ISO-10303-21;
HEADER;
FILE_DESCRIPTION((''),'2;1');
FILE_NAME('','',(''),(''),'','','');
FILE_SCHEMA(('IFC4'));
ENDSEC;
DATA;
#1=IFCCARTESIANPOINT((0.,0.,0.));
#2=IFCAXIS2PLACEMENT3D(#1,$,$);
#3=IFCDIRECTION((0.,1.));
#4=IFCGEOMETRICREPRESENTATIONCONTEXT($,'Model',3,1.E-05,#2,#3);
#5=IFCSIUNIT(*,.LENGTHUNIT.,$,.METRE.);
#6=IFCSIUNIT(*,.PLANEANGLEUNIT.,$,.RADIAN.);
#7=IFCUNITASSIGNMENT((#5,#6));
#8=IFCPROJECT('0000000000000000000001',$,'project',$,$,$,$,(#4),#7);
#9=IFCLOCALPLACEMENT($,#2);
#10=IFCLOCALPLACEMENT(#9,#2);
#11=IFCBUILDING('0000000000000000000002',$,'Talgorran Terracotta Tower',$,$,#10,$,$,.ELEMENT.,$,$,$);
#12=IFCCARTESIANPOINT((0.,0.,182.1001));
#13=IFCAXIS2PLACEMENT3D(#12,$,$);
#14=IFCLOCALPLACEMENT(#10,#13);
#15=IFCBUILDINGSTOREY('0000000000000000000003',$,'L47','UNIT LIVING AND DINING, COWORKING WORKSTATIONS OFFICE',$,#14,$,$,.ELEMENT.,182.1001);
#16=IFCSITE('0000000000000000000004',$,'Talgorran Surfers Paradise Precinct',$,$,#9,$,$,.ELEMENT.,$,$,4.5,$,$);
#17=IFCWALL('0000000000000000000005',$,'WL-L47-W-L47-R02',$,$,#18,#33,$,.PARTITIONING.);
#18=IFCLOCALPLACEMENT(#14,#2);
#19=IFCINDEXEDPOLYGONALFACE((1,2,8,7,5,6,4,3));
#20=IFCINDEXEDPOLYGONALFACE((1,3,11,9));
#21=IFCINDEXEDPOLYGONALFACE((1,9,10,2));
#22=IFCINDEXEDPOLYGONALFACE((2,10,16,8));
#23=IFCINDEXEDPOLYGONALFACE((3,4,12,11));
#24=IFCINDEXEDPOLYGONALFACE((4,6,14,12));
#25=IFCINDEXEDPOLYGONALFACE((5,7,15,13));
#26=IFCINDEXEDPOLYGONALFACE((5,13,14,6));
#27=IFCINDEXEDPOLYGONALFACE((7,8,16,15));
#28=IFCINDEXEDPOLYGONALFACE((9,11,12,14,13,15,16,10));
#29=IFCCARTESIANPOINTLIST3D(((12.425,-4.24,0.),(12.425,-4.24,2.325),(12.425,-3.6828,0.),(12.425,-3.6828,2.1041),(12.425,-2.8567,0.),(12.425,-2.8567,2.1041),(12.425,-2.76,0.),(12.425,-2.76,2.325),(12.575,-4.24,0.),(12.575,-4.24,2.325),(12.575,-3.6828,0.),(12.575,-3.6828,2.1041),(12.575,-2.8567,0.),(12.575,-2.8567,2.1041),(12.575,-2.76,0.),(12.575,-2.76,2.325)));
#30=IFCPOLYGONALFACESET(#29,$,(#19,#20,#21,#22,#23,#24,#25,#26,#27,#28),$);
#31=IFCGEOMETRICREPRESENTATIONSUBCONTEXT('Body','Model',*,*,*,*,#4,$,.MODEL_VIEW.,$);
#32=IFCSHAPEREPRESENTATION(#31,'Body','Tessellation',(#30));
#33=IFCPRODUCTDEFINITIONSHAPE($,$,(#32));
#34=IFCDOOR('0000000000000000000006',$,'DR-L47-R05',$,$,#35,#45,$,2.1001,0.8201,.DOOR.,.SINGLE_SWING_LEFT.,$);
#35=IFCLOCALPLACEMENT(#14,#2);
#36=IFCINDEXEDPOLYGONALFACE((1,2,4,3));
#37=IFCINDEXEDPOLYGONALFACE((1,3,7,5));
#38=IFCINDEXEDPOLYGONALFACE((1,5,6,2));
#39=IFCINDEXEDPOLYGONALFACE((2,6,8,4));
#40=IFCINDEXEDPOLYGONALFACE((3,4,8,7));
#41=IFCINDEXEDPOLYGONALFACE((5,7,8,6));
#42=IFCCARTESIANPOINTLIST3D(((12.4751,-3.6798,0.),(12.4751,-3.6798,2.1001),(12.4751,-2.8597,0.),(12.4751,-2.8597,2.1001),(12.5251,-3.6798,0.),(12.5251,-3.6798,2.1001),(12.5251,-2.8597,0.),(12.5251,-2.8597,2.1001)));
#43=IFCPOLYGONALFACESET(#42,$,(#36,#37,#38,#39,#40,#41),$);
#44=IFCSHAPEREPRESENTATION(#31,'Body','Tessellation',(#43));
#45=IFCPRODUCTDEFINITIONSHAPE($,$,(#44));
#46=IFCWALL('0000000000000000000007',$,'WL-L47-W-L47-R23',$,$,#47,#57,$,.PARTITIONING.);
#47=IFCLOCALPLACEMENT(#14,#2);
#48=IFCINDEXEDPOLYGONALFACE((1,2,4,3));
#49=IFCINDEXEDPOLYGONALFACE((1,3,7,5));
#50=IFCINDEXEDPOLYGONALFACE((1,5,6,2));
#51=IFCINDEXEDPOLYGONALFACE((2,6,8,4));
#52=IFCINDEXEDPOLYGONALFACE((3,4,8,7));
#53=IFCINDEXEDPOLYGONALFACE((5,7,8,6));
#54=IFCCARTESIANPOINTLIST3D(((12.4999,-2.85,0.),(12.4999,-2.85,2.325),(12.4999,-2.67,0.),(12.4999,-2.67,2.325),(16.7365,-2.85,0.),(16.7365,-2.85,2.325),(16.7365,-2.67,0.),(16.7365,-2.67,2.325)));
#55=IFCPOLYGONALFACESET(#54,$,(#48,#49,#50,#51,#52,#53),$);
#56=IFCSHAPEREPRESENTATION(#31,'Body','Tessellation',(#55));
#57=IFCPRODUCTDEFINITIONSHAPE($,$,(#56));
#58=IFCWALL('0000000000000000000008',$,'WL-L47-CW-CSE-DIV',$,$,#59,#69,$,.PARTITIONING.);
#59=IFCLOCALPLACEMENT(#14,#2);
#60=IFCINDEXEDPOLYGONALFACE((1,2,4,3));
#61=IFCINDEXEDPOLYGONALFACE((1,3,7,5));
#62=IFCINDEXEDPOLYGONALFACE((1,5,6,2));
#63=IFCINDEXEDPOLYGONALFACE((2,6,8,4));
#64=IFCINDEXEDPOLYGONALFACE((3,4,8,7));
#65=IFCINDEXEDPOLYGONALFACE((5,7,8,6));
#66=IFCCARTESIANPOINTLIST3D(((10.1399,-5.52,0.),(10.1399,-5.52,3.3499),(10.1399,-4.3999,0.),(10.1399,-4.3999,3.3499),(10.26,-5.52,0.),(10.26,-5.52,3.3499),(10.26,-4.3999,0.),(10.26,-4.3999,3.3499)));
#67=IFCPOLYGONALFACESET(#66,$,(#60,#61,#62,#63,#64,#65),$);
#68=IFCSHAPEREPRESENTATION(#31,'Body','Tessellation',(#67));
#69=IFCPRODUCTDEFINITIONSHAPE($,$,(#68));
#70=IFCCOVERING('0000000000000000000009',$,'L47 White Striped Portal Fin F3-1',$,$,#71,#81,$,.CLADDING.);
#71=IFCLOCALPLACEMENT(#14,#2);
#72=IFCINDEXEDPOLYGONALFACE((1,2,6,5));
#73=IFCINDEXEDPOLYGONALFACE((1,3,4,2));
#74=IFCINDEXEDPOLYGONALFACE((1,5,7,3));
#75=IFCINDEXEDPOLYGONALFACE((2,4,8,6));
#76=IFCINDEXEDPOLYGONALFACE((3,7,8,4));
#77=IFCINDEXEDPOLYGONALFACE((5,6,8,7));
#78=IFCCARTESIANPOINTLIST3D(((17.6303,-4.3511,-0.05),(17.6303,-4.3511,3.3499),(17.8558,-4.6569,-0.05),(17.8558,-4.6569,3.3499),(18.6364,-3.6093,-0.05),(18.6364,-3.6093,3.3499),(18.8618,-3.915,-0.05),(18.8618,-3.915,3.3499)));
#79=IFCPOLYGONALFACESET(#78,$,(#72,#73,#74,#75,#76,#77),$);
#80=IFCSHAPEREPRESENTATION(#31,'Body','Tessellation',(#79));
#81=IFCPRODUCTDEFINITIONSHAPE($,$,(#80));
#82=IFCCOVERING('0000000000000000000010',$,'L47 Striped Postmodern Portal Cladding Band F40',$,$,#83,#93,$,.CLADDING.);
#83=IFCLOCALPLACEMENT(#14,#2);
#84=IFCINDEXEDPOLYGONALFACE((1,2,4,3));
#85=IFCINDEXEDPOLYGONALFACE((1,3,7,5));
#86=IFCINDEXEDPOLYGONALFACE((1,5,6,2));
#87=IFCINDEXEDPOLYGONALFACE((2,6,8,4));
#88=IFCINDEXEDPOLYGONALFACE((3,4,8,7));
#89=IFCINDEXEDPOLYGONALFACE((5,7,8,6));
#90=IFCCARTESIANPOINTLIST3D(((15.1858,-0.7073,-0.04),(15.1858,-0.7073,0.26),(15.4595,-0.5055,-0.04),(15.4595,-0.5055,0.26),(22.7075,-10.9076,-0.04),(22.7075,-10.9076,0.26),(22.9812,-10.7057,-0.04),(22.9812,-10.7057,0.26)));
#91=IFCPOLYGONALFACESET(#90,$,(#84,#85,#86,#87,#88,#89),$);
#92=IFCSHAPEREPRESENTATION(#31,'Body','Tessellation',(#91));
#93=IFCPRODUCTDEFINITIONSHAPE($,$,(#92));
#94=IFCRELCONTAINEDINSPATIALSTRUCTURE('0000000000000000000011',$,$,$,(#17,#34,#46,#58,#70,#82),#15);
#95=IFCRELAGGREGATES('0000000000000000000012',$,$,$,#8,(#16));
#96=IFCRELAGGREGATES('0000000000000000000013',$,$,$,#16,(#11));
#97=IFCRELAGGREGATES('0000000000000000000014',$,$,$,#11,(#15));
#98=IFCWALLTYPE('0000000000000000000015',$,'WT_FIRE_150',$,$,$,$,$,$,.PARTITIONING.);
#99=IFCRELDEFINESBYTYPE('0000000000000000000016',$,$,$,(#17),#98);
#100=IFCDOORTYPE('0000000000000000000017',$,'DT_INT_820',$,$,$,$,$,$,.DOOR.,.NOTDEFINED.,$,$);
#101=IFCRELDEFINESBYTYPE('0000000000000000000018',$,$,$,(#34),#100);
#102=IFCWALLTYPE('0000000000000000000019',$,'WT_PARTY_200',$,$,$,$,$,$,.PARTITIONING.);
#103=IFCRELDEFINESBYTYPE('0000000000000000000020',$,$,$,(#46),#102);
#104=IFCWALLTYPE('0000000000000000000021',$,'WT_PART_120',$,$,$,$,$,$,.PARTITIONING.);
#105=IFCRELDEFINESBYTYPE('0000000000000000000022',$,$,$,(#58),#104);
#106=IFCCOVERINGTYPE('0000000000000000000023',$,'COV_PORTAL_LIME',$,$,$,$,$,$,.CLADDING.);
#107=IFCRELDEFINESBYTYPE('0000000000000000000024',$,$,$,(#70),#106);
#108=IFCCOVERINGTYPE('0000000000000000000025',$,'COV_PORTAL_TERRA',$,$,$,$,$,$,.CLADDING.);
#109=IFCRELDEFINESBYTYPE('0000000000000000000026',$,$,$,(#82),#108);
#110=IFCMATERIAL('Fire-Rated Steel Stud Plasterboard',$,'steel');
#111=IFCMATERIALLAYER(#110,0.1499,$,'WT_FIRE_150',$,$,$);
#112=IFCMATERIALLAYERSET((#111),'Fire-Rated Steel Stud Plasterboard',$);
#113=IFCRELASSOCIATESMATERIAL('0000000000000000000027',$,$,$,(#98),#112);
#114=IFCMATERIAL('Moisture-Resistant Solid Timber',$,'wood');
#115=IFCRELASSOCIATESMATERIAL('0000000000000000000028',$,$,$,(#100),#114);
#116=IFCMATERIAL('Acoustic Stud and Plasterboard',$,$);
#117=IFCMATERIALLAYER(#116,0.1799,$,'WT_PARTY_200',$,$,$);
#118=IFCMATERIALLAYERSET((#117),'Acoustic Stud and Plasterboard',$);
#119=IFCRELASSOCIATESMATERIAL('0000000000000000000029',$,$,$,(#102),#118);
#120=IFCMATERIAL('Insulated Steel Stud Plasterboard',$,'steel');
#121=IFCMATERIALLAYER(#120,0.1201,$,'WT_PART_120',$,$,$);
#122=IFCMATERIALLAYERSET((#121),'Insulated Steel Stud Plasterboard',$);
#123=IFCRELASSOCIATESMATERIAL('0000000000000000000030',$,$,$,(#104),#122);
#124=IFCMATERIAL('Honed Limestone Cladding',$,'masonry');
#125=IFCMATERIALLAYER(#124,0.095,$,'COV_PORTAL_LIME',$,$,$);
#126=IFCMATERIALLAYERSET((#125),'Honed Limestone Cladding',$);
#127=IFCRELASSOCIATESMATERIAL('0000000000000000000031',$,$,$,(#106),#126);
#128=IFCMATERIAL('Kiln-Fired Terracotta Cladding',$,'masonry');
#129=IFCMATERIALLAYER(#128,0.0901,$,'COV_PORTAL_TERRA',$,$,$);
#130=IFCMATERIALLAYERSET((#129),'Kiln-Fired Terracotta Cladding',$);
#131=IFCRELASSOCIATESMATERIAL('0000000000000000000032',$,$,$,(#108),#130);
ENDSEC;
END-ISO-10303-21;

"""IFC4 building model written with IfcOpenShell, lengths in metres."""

from ifc_helpers import new_model, si_unit, direction, frame, frame_2d, origin, origin_2d, place, context, subcontext, project, spatial, rectangle, extrude, material, layer, layer_set, type_object, element, fill, save


model = new_model("IFC4")

# Units and contexts
model_context = context("Model", 3, precision=1e-05, world=origin(), true_north=direction((0.0, 1.0)))
body_context = subcontext(model_context, "Body", "Model", "MODEL_VIEW")
ifc_project = project(units=[si_unit("LENGTHUNIT", "METRE"), si_unit("PLANEANGLEUNIT", "RADIAN")], contexts=[model_context])

# Site, building, storey
site_placement = place(None, origin())
site = spatial("IfcSite", under=ifc_project, at=site_placement, Name="Talgorran Surfers Paradise Precinct", CompositionType="ELEMENT", RefElevation=4.5)
building_placement = place(site_placement, origin())
building = spatial("IfcBuilding", under=site, at=building_placement, Name="Talgorran Terracotta Tower", CompositionType="ELEMENT")
storey_placement = place(building_placement, frame((0.0, 0.0, 182.1001)))
storey = spatial("IfcBuildingStorey", under=building, at=storey_placement, Name="L47", Description="UNIT LIVING AND DINING, COWORKING WORKSTATIONS OFFICE", CompositionType="ELEMENT", Elevation=182.1001)

# Wall, opening, door
ifc_material_1 = material(Name="Fire-Rated Steel Stud Plasterboard", Category="steel")
ifc_layer_1 = layer(ifc_material_1, 0.1499, Name="WT_FIRE_150")
ifc_layer_set_1 = layer_set([ifc_layer_1], Name="Fire-Rated Steel Stud Plasterboard")
wall_type_1 = type_object("IfcWallType", Name="WT_FIRE_150", PredefinedType="PARTITIONING", material=ifc_layer_set_1)
wall_1_placement = place(storey_placement, frame((12.5, -4.24, 0.0), z_axis=(0.0, 0.0, 1.0), x_axis=(0.0, 1.0, 0.0)))
wall_1 = element("IfcWall", 1, at=wall_1_placement, inside=storey, type_object=wall_type_1, Name="WL-L47-W-L47-R02", PredefinedType="PARTITIONING", context=body_context, shape_type="SweptSolid", body=[
    extrude(rectangle(XDim=1.48, YDim=0.1499, at=frame_2d((0.74, 0.0))), origin(), (0.0, 0.0, 1.0), 2.325),
])
opening_1_placement = place(wall_1_placement, frame((0.5601, 0.0, 0.0)))
opening_1 = element("IfcOpeningElement", 2, at=opening_1_placement, cuts=wall_1, PredefinedType="OPENING", context=body_context, shape_type="SweptSolid", body=[
    extrude(rectangle(XDim=0.8261, YDim=2.1041, at=frame_2d((0.4102, 1.052))), frame((0.0, 0.085, 0.0), z_axis=(0.0, -1.0, 0.0), x_axis=(1.0, 0.0, 0.0)), (0.0, 0.0, 1.0), 0.1699),
])
ifc_material_2 = material(Name="Moisture-Resistant Solid Timber", Category="wood")
door_type_1 = type_object("IfcDoorType", Name="DT_INT_820", OperationType="NOTDEFINED", PredefinedType="DOOR", material=ifc_material_2)
door_1_placement = place(opening_1_placement, origin())
door_1 = element("IfcDoor", 3, at=door_1_placement, inside=storey, type_object=door_type_1, Name="DR-L47-R05", OperationType="SINGLE_SWING_LEFT", OverallHeight=2.1001, OverallWidth=0.8201, PredefinedType="DOOR", context=body_context, shape_type="SweptSolid", body=[
    extrude(rectangle(XDim=0.8201, YDim=2.1001, at=frame_2d((0.4102, 1.05))), frame((0.0, 0.0249, 0.0), z_axis=(0.0, -1.0, 0.0), x_axis=(1.0, 0.0, 0.0)), (0.0, 0.0, 1.0), 0.05),
])
fill(opening_1, door_1)

# Walls
ifc_material_3 = material(Name="Acoustic Stud and Plasterboard")
ifc_layer_2 = layer(ifc_material_3, 0.1799, Name="WT_PARTY_200")
ifc_layer_set_2 = layer_set([ifc_layer_2], Name="Acoustic Stud and Plasterboard")
wall_type_2 = type_object("IfcWallType", Name="WT_PARTY_200", PredefinedType="PARTITIONING", material=ifc_layer_set_2)
wall_2_placement = place(storey_placement, frame((12.5, -2.76, 0.0), z_axis=(0.0, 0.0, 1.0), x_axis=(1.0, 0.0, 0.0)))
element("IfcWall", 4, at=wall_2_placement, inside=storey, type_object=wall_type_2, Name="WL-L47-W-L47-R23", PredefinedType="PARTITIONING", context=body_context, shape_type="SweptSolid", body=[
    extrude(rectangle(XDim=4.2366, YDim=0.1799, at=frame_2d((2.1182, 0.0))), origin(), (0.0, 0.0, 1.0), 2.325),
])
ifc_material_4 = material(Name="Insulated Steel Stud Plasterboard", Category="steel")
ifc_layer_3 = layer(ifc_material_4, 0.1201, Name="WT_PART_120")
ifc_layer_set_3 = layer_set([ifc_layer_3], Name="Insulated Steel Stud Plasterboard")
wall_type_3 = type_object("IfcWallType", Name="WT_PART_120", PredefinedType="PARTITIONING", material=ifc_layer_set_3)
wall_3_placement = place(storey_placement, frame((10.2, -5.52, 0.0), z_axis=(0.0, 0.0, 1.0), x_axis=(0.0, 1.0, 0.0)))
element("IfcWall", 5, at=wall_3_placement, inside=storey, type_object=wall_type_3, Name="WL-L47-CW-CSE-DIV", PredefinedType="PARTITIONING", context=body_context, shape_type="SweptSolid", body=[
    extrude(rectangle(XDim=1.1201, YDim=0.1201, at=frame_2d((0.5601, 0.0))), origin(), (0.0, 0.0, 1.0), 3.3499),
])

# Coverings
ifc_material_5 = material(Name="Honed Limestone Cladding", Category="masonry")
ifc_layer_4 = layer(ifc_material_5, 0.095, Name="COV_PORTAL_LIME")
ifc_layer_set_4 = layer_set([ifc_layer_4], Name="Honed Limestone Cladding")
covering_type_1 = type_object("IfcCoveringType", Name="COV_PORTAL_LIME", PredefinedType="CLADDING", material=ifc_layer_set_4)
covering_1_placement = place(storey_placement, frame((18.2461, -4.1331, -0.05), z_axis=(0.0, 0.0, 1.0), x_axis=(-0.593489, 0.804842, 0.0)))
element("IfcCovering", 6, at=covering_1_placement, inside=storey, type_object=covering_type_1, Name="L47 White Striped Portal Fin F3-1", PredefinedType="CLADDING", context=body_context, shape_type="SweptSolid", body=[
    extrude(rectangle(XDim=0.3799, YDim=1.25, at=origin_2d()), origin(), (0.0, 0.0, 1.0), 3.3999),
])
ifc_material_6 = material(Name="Kiln-Fired Terracotta Cladding", Category="masonry")
ifc_layer_5 = layer(ifc_material_6, 0.0901, Name="COV_PORTAL_TERRA")
ifc_layer_set_5 = layer_set([ifc_layer_5], Name="Kiln-Fired Terracotta Cladding")
covering_type_2 = type_object("IfcCoveringType", Name="COV_PORTAL_TERRA", PredefinedType="CLADDING", material=ifc_layer_set_5)
covering_2_placement = place(storey_placement, frame((19.0835, -5.7065, -0.04), z_axis=(0.0, 0.0, 1.0), x_axis=(-0.593489, 0.804842, 0.0)))
element("IfcCovering", 7, at=covering_2_placement, inside=storey, type_object=covering_type_2, Name="L47 Striped Postmodern Portal Cladding Band F40", PredefinedType="CLADDING", context=body_context, shape_type="SweptSolid", body=[
    extrude(rectangle(XDim=12.6736, YDim=0.3401, at=origin_2d()), origin(), (0.0, 0.0, 1.0), 0.3),
])

save(model, "model.ifc")
